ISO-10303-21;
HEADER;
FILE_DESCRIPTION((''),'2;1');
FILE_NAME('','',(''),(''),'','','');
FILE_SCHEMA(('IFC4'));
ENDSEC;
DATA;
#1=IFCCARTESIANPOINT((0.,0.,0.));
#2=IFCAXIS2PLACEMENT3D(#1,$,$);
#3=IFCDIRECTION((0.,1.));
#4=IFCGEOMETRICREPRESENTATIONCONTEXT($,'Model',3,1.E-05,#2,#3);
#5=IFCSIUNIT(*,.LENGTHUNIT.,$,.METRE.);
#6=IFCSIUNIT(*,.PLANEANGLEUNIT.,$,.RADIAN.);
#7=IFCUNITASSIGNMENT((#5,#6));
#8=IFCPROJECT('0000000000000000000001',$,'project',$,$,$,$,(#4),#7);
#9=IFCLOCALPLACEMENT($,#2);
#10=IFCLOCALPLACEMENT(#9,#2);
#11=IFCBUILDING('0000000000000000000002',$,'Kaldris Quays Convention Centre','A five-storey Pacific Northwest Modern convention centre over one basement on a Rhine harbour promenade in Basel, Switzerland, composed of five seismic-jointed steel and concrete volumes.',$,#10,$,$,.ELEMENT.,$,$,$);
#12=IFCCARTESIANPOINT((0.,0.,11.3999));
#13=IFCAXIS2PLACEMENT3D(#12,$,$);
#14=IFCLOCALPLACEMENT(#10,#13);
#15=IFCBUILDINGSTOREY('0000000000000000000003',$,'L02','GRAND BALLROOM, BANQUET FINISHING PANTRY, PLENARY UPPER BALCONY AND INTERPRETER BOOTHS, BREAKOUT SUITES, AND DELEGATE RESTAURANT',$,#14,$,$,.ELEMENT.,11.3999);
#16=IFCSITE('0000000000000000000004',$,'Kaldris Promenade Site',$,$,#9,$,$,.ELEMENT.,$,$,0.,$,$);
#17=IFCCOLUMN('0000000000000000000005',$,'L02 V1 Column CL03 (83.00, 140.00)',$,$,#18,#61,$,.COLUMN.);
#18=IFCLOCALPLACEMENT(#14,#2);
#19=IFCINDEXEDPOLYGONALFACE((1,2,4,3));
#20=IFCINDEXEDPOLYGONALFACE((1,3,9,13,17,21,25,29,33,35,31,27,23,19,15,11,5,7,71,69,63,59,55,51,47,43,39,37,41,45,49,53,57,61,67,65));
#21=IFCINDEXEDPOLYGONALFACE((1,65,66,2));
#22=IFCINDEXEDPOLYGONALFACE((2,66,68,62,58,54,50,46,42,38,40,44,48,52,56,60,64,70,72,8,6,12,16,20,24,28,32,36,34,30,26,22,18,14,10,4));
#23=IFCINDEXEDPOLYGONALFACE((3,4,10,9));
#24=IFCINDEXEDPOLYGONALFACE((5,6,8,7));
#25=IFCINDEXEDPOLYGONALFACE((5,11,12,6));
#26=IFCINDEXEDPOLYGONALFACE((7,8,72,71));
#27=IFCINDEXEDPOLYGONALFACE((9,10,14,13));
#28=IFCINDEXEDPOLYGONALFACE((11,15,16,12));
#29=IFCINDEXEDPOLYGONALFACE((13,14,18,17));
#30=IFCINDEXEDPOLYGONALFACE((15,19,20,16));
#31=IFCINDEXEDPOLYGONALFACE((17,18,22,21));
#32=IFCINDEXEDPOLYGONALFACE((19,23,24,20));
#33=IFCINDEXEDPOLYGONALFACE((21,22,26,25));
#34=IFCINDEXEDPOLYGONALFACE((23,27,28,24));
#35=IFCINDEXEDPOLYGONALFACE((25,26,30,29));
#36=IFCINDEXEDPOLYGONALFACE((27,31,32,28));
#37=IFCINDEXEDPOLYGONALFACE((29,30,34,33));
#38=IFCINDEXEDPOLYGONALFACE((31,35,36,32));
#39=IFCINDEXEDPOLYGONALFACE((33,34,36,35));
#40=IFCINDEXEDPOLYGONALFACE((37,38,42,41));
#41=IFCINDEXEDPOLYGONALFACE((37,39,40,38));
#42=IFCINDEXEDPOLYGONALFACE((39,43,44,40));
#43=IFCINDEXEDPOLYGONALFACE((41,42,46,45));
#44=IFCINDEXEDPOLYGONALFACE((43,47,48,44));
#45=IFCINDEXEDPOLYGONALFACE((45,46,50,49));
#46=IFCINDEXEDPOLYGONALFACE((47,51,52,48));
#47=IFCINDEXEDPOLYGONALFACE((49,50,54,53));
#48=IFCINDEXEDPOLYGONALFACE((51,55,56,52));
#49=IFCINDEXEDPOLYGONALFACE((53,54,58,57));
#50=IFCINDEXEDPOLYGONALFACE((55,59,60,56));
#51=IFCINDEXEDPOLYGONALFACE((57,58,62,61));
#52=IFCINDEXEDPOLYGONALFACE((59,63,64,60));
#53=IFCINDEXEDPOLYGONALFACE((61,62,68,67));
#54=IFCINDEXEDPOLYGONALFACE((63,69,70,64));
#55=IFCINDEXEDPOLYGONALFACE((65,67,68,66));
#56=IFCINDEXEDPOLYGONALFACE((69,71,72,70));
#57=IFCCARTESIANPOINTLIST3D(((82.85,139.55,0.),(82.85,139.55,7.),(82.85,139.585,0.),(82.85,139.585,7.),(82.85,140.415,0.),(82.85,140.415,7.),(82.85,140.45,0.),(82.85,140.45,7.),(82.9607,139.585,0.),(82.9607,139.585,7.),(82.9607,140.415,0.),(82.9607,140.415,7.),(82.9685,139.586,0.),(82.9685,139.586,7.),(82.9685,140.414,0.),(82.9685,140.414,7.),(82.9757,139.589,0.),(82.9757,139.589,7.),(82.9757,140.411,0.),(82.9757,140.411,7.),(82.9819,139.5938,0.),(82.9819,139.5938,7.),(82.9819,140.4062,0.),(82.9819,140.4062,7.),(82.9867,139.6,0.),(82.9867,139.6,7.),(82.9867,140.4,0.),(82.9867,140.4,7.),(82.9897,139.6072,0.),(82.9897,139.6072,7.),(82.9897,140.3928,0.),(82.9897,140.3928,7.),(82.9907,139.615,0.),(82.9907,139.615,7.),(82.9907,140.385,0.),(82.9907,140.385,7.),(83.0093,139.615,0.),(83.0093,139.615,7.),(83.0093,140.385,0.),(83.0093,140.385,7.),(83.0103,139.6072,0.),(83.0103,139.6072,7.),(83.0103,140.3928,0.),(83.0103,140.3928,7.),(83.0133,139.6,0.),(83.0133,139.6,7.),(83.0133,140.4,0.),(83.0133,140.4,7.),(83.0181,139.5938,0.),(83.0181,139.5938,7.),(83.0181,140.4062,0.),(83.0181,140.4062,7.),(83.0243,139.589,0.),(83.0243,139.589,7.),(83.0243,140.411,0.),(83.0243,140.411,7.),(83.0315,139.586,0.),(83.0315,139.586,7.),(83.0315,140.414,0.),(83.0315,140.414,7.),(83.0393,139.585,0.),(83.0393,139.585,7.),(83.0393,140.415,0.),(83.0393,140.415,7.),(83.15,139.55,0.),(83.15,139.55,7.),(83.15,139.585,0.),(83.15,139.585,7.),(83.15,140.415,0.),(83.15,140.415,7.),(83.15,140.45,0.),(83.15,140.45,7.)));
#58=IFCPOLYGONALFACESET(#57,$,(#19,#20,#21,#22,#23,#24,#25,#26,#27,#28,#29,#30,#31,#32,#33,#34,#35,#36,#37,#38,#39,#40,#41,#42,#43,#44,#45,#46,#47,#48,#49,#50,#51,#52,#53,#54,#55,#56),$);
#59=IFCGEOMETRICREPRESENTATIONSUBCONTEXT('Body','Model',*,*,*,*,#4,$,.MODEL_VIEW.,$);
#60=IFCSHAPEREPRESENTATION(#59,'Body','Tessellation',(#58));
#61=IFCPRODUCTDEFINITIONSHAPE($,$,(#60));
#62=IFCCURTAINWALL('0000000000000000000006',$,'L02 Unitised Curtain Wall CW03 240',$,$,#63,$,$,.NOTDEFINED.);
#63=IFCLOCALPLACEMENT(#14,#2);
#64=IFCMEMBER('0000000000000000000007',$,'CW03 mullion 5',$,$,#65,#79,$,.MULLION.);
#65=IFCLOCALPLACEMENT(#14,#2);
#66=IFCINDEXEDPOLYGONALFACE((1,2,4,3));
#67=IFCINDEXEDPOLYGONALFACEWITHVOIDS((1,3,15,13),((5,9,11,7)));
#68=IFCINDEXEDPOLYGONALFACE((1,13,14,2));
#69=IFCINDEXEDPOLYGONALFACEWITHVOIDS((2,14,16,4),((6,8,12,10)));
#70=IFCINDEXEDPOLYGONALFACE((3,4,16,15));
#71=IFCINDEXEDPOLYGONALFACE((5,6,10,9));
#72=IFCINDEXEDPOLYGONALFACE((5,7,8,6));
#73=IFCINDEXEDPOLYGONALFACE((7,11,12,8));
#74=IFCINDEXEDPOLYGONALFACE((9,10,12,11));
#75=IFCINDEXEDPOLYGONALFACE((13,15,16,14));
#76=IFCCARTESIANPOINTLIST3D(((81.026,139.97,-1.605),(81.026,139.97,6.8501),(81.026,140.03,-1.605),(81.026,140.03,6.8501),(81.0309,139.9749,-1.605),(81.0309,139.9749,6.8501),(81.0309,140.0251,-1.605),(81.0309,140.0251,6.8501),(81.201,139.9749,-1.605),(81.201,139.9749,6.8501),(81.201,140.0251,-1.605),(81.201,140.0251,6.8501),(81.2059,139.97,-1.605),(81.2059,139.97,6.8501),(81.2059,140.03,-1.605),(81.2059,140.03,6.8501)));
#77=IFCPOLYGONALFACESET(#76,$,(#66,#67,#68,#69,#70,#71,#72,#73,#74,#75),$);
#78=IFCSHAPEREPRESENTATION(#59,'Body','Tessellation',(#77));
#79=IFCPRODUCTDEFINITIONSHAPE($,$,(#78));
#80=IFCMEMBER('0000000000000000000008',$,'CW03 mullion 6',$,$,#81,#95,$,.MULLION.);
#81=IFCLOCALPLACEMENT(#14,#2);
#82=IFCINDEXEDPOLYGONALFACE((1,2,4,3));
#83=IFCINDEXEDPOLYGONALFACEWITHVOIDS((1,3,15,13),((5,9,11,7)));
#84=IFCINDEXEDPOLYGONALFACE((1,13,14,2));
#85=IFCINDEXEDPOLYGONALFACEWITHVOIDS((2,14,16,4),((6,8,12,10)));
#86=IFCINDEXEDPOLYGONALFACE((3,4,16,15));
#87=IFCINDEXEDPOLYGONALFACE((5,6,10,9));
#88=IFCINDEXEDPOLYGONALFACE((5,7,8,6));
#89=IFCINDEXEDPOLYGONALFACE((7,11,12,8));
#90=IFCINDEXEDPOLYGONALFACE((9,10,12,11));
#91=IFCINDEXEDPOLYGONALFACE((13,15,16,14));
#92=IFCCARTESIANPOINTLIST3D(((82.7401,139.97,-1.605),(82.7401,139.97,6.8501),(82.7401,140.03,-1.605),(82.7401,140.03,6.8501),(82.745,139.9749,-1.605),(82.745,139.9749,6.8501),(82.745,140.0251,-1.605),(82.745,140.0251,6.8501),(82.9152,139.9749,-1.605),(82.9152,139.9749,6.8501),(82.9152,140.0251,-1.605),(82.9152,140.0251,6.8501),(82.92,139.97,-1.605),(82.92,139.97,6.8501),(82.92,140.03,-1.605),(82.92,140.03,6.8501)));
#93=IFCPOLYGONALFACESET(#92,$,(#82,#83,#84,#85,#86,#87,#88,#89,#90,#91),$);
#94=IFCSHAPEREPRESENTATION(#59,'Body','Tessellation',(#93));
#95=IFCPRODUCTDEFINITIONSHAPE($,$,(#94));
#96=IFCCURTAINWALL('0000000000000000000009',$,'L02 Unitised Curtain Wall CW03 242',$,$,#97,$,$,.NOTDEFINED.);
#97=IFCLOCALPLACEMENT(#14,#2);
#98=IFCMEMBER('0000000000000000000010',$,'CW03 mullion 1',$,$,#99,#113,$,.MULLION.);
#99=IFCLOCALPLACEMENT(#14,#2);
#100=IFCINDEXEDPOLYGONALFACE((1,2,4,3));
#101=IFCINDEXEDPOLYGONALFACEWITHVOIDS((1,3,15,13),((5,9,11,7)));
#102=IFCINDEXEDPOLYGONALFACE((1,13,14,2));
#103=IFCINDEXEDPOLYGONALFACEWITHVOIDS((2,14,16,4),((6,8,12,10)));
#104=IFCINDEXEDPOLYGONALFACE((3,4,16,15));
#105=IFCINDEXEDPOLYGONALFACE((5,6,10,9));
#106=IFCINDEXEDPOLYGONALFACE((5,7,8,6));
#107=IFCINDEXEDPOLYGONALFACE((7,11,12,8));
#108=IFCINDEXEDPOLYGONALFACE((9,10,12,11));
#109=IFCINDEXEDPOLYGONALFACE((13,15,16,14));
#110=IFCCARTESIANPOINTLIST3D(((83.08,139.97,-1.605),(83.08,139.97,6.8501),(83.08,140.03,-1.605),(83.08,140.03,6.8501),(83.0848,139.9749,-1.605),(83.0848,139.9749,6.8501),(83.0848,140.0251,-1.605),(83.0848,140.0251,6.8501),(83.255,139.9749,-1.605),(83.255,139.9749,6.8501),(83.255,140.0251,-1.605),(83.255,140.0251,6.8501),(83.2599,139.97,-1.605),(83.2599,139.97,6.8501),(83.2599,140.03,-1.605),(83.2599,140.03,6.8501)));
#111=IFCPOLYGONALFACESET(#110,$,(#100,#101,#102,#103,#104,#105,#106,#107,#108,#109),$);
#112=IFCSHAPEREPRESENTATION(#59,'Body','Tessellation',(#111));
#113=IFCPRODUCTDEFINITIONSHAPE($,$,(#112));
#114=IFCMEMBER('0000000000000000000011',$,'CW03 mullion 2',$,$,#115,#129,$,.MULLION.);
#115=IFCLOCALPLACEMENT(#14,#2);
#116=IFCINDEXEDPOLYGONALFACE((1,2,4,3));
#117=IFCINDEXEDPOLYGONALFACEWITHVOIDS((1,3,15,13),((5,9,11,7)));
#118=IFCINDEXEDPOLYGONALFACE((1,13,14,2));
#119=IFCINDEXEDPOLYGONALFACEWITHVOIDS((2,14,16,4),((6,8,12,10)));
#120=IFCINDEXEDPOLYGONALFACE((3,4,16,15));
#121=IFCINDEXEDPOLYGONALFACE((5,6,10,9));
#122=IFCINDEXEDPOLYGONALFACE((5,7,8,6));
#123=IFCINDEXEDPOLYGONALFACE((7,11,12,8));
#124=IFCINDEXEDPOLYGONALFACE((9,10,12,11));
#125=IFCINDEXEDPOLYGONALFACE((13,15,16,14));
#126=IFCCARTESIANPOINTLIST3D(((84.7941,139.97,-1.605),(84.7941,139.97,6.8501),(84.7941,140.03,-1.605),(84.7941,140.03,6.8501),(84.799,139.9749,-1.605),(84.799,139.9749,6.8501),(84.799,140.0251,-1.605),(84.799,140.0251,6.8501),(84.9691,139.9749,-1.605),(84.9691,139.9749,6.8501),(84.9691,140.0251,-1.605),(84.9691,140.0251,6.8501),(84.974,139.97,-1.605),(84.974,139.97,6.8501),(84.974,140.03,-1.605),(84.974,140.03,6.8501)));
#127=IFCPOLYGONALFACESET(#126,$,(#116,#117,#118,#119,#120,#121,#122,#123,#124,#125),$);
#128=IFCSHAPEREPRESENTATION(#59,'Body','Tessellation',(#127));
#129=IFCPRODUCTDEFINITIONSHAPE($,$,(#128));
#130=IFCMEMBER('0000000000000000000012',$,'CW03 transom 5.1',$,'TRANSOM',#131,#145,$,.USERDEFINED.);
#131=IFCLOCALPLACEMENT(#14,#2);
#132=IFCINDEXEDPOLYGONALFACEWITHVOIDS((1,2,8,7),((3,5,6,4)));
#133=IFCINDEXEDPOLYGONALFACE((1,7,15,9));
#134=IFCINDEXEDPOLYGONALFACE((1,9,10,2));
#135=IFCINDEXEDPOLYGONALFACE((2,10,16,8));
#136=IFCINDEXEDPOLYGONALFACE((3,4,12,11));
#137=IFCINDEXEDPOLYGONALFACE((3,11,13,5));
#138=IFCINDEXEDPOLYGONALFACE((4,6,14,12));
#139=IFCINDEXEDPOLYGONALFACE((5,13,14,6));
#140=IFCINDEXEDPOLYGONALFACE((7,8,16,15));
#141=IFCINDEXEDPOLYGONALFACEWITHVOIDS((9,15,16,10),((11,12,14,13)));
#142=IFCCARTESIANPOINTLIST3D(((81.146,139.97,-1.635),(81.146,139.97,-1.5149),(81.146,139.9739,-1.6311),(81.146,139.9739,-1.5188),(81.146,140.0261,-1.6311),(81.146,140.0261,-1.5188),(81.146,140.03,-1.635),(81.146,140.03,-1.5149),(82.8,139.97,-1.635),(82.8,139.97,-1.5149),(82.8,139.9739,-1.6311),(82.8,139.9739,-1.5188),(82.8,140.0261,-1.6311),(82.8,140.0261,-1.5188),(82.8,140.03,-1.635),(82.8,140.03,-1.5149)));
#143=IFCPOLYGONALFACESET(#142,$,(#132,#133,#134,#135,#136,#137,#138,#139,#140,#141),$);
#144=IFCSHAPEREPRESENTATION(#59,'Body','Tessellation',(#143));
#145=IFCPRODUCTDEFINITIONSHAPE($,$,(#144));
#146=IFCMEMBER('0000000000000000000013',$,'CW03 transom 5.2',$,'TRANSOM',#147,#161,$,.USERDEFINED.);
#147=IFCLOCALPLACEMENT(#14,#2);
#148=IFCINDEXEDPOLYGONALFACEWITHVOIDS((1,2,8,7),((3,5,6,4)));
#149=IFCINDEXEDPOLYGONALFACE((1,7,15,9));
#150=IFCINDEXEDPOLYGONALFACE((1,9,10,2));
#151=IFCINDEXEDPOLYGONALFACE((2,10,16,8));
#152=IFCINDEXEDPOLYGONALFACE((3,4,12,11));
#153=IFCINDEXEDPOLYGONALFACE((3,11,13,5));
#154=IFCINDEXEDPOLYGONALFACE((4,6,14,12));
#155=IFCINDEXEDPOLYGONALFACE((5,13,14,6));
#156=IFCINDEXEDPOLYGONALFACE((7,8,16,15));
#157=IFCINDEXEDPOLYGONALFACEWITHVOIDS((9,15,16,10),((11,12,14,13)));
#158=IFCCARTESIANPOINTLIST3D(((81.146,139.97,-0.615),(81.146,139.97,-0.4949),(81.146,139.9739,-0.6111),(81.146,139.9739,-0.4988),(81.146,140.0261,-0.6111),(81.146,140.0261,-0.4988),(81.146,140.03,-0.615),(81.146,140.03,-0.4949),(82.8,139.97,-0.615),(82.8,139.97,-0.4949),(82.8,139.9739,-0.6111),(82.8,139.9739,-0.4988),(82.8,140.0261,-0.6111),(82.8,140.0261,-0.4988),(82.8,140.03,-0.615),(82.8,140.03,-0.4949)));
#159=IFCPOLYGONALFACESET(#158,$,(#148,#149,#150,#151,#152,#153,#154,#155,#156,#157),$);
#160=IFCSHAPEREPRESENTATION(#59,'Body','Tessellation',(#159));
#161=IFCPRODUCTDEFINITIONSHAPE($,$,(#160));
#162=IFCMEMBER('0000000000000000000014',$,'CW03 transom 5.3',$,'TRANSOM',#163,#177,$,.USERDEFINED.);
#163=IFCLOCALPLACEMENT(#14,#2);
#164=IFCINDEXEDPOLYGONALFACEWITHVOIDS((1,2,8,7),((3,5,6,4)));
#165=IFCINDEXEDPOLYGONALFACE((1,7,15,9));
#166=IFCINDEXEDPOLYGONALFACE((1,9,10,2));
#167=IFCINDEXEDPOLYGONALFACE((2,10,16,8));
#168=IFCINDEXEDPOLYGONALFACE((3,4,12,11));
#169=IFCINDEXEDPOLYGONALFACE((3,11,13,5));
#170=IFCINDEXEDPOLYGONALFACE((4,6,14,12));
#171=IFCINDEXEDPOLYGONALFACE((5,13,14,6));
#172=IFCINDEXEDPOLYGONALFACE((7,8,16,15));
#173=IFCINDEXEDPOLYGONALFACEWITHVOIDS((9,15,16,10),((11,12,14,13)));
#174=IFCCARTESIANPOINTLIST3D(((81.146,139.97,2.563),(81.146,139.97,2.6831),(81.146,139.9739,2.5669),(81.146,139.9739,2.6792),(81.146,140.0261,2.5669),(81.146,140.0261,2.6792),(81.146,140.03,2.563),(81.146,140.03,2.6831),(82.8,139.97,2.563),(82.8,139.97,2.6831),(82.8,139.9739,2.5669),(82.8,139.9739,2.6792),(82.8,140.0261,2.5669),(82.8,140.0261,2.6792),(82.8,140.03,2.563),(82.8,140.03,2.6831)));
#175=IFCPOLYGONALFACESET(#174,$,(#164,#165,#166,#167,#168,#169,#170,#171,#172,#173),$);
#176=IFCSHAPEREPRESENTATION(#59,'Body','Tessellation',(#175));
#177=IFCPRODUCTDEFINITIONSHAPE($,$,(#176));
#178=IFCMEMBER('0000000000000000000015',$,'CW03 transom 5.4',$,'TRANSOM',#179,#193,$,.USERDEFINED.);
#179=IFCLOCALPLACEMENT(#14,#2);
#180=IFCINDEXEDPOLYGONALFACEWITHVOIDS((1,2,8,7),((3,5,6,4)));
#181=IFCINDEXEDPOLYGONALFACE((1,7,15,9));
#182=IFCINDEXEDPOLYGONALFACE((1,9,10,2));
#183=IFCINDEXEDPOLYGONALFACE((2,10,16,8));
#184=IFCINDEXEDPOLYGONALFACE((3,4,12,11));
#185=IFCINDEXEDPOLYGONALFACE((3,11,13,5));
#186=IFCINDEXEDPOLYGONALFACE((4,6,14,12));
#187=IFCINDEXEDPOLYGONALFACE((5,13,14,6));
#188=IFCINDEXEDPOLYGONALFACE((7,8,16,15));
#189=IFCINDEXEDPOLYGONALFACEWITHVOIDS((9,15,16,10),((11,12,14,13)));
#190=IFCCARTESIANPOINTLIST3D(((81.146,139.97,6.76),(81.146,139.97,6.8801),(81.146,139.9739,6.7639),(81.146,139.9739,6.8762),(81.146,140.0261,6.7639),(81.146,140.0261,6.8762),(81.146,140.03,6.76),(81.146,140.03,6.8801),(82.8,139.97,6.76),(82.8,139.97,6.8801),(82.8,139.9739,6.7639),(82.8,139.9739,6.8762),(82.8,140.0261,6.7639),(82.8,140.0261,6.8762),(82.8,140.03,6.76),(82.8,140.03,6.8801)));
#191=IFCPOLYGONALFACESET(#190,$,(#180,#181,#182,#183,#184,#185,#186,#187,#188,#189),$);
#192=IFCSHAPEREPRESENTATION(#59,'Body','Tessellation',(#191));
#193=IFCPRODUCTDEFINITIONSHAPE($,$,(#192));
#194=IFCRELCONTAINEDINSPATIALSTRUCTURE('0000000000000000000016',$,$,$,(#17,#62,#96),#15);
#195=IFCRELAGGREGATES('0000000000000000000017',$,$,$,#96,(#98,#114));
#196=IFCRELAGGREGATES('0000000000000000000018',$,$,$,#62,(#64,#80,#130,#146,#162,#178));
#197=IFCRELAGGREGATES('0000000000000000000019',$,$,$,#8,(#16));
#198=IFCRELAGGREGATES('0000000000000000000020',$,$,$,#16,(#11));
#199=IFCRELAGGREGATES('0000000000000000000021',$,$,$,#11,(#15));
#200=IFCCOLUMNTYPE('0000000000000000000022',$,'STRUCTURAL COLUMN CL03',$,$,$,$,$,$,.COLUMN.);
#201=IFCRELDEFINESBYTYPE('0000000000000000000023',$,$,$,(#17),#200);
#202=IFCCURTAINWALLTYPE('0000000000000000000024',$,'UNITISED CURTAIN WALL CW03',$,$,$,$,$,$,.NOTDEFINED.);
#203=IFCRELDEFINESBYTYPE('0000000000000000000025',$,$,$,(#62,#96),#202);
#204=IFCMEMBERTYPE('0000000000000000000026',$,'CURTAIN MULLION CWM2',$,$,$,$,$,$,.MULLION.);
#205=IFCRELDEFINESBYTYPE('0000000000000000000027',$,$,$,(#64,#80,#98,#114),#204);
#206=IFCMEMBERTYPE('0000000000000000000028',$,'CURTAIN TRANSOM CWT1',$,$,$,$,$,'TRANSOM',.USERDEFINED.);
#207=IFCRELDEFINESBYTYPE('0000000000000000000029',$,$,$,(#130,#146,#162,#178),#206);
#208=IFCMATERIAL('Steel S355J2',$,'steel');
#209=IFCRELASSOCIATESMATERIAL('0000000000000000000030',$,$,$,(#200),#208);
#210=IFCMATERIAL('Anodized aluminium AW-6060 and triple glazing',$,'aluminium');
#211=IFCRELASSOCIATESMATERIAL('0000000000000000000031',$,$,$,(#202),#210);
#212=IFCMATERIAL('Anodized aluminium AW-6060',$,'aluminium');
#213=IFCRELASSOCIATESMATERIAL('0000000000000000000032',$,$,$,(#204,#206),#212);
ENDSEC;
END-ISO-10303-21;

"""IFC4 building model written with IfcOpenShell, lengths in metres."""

from ifc_helpers import new_model, si_unit, direction, frame, origin, origin_2d, place, context, subcontext, project, spatial, hollow_rectangle, i_section, extrude, material, material_profile, profile_set, type_object, element, aggregate, save


model = new_model("IFC4")

# Units and contexts
model_context = context("Model", 3, precision=1e-05, world=origin(), true_north=direction((0.0, 1.0)))
body_context = subcontext(model_context, "Body", "Model", "MODEL_VIEW")
ifc_project = project(units=[si_unit("LENGTHUNIT", "METRE"), si_unit("PLANEANGLEUNIT", "RADIAN")], contexts=[model_context])

# Site, building, storey
site_placement = place(None, origin())
site = spatial("IfcSite", under=ifc_project, at=site_placement, Name="Kaldris Promenade Site", CompositionType="ELEMENT", RefElevation=0.0)
building_placement = place(site_placement, origin())
building = spatial("IfcBuilding", under=site, at=building_placement, Name="Kaldris Quays Convention Centre", Description="A five-storey Pacific Northwest Modern convention centre over one basement on a Rhine harbour promenade in Basel, Switzerland, composed of five seismic-jointed steel and concrete volumes.", CompositionType="ELEMENT")
storey_placement = place(building_placement, frame((0.0, 0.0, 11.3999)))
storey = spatial("IfcBuildingStorey", under=building, at=storey_placement, Name="L02", Description="GRAND BALLROOM, BANQUET FINISHING PANTRY, PLENARY UPPER BALCONY AND INTERPRETER BOOTHS, BREAKOUT SUITES, AND DELEGATE RESTAURANT", CompositionType="ELEMENT", Elevation=11.3999)

# Column
ifc_material_1 = material(Name="Steel S355J2", Category="steel")
ifc_material_profile_1 = material_profile(ifc_material_1, i_section(OverallWidth=0.3, OverallDepth=0.8999, WebThickness=0.0186, FlangeThickness=0.0349, FilletRadius=0.03, at=origin_2d()), Name="HEB 900")
ifc_profile_set_1 = profile_set([ifc_material_profile_1], Name="Steel S355J2")
column_type = type_object("IfcColumnType", Name="STRUCTURAL COLUMN CL03", PredefinedType="COLUMN", material=ifc_profile_set_1)
column_placement = place(storey_placement, frame((83.0, 140.0, 0.0), z_axis=(0.0, 0.0, 1.0), x_axis=(1.0, 0.0, 0.0)))
element("IfcColumn", 1, at=column_placement, inside=storey, type_object=column_type, Name="L02 V1 Column CL03 (83.00, 140.00)", PredefinedType="COLUMN", context=body_context, shape_type="SweptSolid", body=[
    extrude(i_section(OverallWidth=0.3, OverallDepth=0.8999, WebThickness=0.0186, FlangeThickness=0.0349, FilletRadius=0.03, at=origin_2d()), origin(), (0.0, 0.0, 1.0), 7.0),
])

# Curtain walls, members
ifc_material_2 = material(Name="Anodized aluminium AW-6060 and triple glazing", Category="aluminium")
curtain_wall_type = type_object("IfcCurtainWallType", Name="UNITISED CURTAIN WALL CW03", PredefinedType="NOTDEFINED", material=ifc_material_2)
curtain_wall_1_placement = place(storey_placement, origin())
curtain_wall_1 = element("IfcCurtainWall", 2, at=curtain_wall_1_placement, inside=storey, type_object=curtain_wall_type, Name="L02 Unitised Curtain Wall CW03 240", PredefinedType="NOTDEFINED")
ifc_material_3 = material(Name="Anodized aluminium AW-6060", Category="aluminium")
ifc_material_profile_2 = material_profile(ifc_material_3, hollow_rectangle(XDim=0.0601, YDim=0.1799, WallThickness=0.0049, at=origin_2d()), Name="RHS 180x60x5")
ifc_profile_set_2 = profile_set([ifc_material_profile_2], Name="Anodized aluminium AW-6060")
member_type_1 = type_object("IfcMemberType", Name="CURTAIN MULLION CWM2", PredefinedType="MULLION", material=ifc_profile_set_2)
member_1_placement = place(storey_placement, frame((81.116, 140.0, -1.605), z_axis=(0.0, 0.0, 1.0), x_axis=(0.0, 1.0, 0.0)))
member_1 = element("IfcMember", 3, at=member_1_placement, type_object=member_type_1, Name="CW03 mullion 5", PredefinedType="MULLION", context=body_context, shape_type="SweptSolid", body=[
    extrude(hollow_rectangle(XDim=0.0601, YDim=0.1799, WallThickness=0.0049, at=origin_2d()), origin(), (0.0, 0.0, 1.0), 8.4551),
])
member_2_placement = place(storey_placement, frame((82.8301, 140.0, -1.605), z_axis=(0.0, 0.0, 1.0), x_axis=(0.0, 1.0, 0.0)))
member_2 = element("IfcMember", 4, at=member_2_placement, type_object=member_type_1, Name="CW03 mullion 6", PredefinedType="MULLION", context=body_context, shape_type="SweptSolid", body=[
    extrude(hollow_rectangle(XDim=0.0601, YDim=0.1799, WallThickness=0.0049, at=origin_2d()), origin(), (0.0, 0.0, 1.0), 8.4551),
])
curtain_wall_2_placement = place(storey_placement, origin())
curtain_wall_2 = element("IfcCurtainWall", 5, at=curtain_wall_2_placement, inside=storey, type_object=curtain_wall_type, Name="L02 Unitised Curtain Wall CW03 242", PredefinedType="NOTDEFINED")
member_3_placement = place(storey_placement, frame((83.1699, 140.0, -1.605), z_axis=(0.0, 0.0, 1.0), x_axis=(0.0, 1.0, 0.0)))
member_3 = element("IfcMember", 6, at=member_3_placement, type_object=member_type_1, Name="CW03 mullion 1", PredefinedType="MULLION", context=body_context, shape_type="SweptSolid", body=[
    extrude(hollow_rectangle(XDim=0.0601, YDim=0.1799, WallThickness=0.0049, at=origin_2d()), origin(), (0.0, 0.0, 1.0), 8.4551),
])
member_4_placement = place(storey_placement, frame((84.884, 140.0, -1.605), z_axis=(0.0, 0.0, 1.0), x_axis=(0.0, 1.0, 0.0)))
member_4 = element("IfcMember", 7, at=member_4_placement, type_object=member_type_1, Name="CW03 mullion 2", PredefinedType="MULLION", context=body_context, shape_type="SweptSolid", body=[
    extrude(hollow_rectangle(XDim=0.0601, YDim=0.1799, WallThickness=0.0049, at=origin_2d()), origin(), (0.0, 0.0, 1.0), 8.4551),
])

# Members
ifc_material_profile_3 = material_profile(ifc_material_3, hollow_rectangle(XDim=0.0601, YDim=0.1201, WallThickness=0.0039, at=origin_2d()), Name="RHS 120x60x4")
ifc_profile_set_3 = profile_set([ifc_material_profile_3], Name="Anodized aluminium AW-6060")
member_type_2 = type_object("IfcMemberType", Name="CURTAIN TRANSOM CWT1", ElementType="TRANSOM", PredefinedType="USERDEFINED", material=ifc_profile_set_3)
member_5_placement = place(storey_placement, frame((81.146, 140.0, -1.575), z_axis=(1.0, 0.0, 0.0), x_axis=(0.0, 1.0, 0.0)))
member_5 = element("IfcMember", 8, at=member_5_placement, type_object=member_type_2, Name="CW03 transom 5.1", ObjectType="TRANSOM", PredefinedType="USERDEFINED", context=body_context, shape_type="SweptSolid", body=[
    extrude(hollow_rectangle(XDim=0.0601, YDim=0.1201, WallThickness=0.0039, at=origin_2d()), origin(), (0.0, 0.0, 1.0), 1.6541),
])
member_6_placement = place(storey_placement, frame((81.146, 140.0, -0.5549), z_axis=(1.0, 0.0, 0.0), x_axis=(0.0, 1.0, 0.0)))
member_6 = element("IfcMember", 9, at=member_6_placement, type_object=member_type_2, Name="CW03 transom 5.2", ObjectType="TRANSOM", PredefinedType="USERDEFINED", context=body_context, shape_type="SweptSolid", body=[
    extrude(hollow_rectangle(XDim=0.0601, YDim=0.1201, WallThickness=0.0039, at=origin_2d()), origin(), (0.0, 0.0, 1.0), 1.6541),
])
member_7_placement = place(storey_placement, frame((81.146, 140.0, 2.623), z_axis=(1.0, 0.0, 0.0), x_axis=(0.0, 1.0, 0.0)))
member_7 = element("IfcMember", 10, at=member_7_placement, type_object=member_type_2, Name="CW03 transom 5.3", ObjectType="TRANSOM", PredefinedType="USERDEFINED", context=body_context, shape_type="SweptSolid", body=[
    extrude(hollow_rectangle(XDim=0.0601, YDim=0.1201, WallThickness=0.0039, at=origin_2d()), origin(), (0.0, 0.0, 1.0), 1.6541),
])
member_8_placement = place(storey_placement, frame((81.146, 140.0, 6.8201), z_axis=(1.0, 0.0, 0.0), x_axis=(0.0, 1.0, 0.0)))
member_8 = element("IfcMember", 11, at=member_8_placement, type_object=member_type_2, Name="CW03 transom 5.4", ObjectType="TRANSOM", PredefinedType="USERDEFINED", context=body_context, shape_type="SweptSolid", body=[
    extrude(hollow_rectangle(XDim=0.0601, YDim=0.1201, WallThickness=0.0039, at=origin_2d()), origin(), (0.0, 0.0, 1.0), 1.6541),
])

aggregate(curtain_wall_2, [member_3, member_4])
aggregate(curtain_wall_1, [member_1, member_2, member_5, member_6, member_7, member_8])

save(model, "model.ifc")
